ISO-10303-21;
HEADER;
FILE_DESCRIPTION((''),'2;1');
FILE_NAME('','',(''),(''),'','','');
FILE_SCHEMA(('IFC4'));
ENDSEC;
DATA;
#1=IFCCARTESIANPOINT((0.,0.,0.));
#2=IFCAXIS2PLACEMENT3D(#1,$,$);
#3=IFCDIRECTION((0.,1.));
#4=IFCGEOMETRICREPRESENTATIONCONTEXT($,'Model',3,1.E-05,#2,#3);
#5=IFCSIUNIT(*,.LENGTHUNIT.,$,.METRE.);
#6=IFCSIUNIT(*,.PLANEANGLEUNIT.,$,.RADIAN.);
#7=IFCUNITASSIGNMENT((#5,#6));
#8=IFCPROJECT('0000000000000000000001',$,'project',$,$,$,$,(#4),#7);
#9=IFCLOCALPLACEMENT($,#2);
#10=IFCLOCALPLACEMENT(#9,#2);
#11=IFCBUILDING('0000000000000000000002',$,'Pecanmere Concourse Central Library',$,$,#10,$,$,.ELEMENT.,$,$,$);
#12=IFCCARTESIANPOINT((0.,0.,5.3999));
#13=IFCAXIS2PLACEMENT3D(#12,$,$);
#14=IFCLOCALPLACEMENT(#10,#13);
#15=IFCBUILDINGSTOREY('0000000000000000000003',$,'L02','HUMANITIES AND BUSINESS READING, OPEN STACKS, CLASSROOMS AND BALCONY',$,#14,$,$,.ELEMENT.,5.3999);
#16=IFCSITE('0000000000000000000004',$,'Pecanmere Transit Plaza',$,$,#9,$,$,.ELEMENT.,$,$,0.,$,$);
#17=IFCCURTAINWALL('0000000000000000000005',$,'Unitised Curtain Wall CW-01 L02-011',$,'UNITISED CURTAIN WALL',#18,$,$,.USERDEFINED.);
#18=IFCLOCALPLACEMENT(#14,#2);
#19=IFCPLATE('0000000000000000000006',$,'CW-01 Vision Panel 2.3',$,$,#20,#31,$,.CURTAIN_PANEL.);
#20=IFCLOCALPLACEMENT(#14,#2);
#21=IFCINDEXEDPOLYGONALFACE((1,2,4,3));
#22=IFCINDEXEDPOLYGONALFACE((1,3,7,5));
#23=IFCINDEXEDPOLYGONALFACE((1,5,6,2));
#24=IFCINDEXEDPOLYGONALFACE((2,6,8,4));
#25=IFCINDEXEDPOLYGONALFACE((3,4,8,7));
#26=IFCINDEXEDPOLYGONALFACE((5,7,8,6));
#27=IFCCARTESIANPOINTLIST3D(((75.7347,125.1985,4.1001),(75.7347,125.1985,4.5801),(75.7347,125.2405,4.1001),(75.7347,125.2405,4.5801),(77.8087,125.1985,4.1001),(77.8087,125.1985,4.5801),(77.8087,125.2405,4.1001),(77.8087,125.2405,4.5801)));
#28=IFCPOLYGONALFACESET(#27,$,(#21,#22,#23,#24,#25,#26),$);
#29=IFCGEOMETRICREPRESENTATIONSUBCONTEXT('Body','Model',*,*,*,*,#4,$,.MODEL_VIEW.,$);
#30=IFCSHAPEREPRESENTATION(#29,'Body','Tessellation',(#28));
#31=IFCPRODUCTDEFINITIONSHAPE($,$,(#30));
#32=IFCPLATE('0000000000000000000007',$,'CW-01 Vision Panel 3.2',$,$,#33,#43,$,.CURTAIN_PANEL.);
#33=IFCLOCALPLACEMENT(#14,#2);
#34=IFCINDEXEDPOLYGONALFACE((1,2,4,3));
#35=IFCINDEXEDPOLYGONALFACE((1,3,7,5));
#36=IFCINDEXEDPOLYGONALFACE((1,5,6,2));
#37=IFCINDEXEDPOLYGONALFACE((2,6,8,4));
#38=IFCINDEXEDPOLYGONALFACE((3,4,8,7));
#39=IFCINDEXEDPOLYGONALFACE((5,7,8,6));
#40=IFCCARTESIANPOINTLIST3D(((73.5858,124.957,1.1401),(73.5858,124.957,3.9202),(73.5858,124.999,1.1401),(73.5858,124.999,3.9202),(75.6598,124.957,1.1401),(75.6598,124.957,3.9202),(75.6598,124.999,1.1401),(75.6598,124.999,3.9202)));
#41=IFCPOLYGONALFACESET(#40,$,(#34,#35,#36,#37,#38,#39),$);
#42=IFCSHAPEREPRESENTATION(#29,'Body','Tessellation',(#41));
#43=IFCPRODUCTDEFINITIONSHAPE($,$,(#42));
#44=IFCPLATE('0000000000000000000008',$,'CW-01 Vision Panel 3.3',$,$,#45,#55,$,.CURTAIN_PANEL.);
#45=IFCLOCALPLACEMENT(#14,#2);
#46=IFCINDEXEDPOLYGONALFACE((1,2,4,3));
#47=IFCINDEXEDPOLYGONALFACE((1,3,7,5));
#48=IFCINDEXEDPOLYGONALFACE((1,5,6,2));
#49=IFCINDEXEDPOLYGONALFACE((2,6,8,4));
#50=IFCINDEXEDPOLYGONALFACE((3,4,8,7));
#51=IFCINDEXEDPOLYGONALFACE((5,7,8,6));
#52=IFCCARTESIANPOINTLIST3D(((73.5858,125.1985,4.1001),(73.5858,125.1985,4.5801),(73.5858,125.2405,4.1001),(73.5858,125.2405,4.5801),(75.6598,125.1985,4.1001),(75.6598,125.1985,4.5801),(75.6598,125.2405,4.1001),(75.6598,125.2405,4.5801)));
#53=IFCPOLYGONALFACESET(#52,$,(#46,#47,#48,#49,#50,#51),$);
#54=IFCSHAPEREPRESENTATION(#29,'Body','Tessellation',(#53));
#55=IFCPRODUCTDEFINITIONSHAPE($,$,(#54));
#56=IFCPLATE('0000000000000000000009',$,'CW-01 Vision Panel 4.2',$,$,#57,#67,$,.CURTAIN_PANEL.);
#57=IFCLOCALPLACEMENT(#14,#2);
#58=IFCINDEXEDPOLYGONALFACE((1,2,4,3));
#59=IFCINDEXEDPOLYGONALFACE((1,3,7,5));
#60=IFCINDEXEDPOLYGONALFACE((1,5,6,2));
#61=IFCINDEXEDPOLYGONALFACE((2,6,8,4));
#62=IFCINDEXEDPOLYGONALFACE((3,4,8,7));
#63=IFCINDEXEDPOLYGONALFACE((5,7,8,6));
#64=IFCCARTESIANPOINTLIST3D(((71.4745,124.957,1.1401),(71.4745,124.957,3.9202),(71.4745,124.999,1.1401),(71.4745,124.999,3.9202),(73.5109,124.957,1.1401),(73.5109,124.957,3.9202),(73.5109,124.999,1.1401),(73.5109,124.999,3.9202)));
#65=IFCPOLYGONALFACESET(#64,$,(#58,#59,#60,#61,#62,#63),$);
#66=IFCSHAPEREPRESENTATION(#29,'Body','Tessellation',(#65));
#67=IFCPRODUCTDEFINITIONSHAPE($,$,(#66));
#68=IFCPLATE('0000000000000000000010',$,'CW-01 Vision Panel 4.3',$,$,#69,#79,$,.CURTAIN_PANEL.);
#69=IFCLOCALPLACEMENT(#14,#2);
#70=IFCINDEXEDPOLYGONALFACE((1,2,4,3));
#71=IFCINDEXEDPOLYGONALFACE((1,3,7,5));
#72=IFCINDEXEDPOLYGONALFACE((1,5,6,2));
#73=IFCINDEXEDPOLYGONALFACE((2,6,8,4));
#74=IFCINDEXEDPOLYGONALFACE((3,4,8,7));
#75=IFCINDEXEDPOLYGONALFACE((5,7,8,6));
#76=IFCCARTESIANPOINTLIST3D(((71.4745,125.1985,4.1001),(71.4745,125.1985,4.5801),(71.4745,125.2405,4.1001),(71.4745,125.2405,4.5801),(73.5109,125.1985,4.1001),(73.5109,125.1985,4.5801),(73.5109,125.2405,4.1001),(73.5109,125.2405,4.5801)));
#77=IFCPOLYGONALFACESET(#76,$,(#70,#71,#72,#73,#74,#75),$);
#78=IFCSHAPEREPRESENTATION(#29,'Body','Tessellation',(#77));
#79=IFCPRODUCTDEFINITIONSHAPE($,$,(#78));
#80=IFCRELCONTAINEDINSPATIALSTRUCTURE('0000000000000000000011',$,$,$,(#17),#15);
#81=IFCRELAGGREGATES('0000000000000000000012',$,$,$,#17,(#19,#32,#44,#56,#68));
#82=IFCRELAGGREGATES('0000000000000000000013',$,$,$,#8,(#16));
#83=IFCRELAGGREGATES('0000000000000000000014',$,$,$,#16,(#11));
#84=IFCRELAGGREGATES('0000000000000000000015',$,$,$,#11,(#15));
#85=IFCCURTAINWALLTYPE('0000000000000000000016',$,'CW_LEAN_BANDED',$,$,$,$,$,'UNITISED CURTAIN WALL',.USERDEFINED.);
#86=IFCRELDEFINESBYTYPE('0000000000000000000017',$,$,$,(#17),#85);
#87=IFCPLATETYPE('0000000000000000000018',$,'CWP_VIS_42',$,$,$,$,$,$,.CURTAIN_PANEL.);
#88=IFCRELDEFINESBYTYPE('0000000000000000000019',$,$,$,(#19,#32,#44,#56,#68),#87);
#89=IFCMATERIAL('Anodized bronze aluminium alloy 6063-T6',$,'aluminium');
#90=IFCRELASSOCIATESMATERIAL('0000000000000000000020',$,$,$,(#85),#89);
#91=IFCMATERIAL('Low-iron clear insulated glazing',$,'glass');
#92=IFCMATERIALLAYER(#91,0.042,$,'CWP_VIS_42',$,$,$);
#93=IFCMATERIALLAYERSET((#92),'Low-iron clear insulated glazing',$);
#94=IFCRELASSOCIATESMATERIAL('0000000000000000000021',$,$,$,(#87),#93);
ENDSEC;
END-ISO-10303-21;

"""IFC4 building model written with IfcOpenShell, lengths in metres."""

from ifc_helpers import new_model, si_unit, direction, frame, origin, origin_2d, place, context, subcontext, project, spatial, rectangle, extrude, material, layer, layer_set, type_object, element, aggregate, save


model = new_model("IFC4")

# Units and contexts
model_context = context("Model", 3, precision=1e-05, world=origin(), true_north=direction((0.0, 1.0)))
body_context = subcontext(model_context, "Body", "Model", "MODEL_VIEW")
ifc_project = project(units=[si_unit("LENGTHUNIT", "METRE"), si_unit("PLANEANGLEUNIT", "RADIAN")], contexts=[model_context])

# Site, building, storey
site_placement = place(None, origin())
site = spatial("IfcSite", under=ifc_project, at=site_placement, Name="Pecanmere Transit Plaza", CompositionType="ELEMENT", RefElevation=0.0)
building_placement = place(site_placement, origin())
building = spatial("IfcBuilding", under=site, at=building_placement, Name="Pecanmere Concourse Central Library", CompositionType="ELEMENT")
storey_placement = place(building_placement, frame((0.0, 0.0, 5.3999)))
storey = spatial("IfcBuildingStorey", under=building, at=storey_placement, Name="L02", Description="HUMANITIES AND BUSINESS READING, OPEN STACKS, CLASSROOMS AND BALCONY", CompositionType="ELEMENT", Elevation=5.3999)

# Curtain wall
ifc_material_1 = material(Name="Anodized bronze aluminium alloy 6063-T6", Category="aluminium")
curtain_wall_type = type_object("IfcCurtainWallType", Name="CW_LEAN_BANDED", ElementType="UNITISED CURTAIN WALL", PredefinedType="USERDEFINED", material=ifc_material_1)
curtain_wall_1_placement = place(storey_placement, origin())
curtain_wall_1 = element("IfcCurtainWall", 1, at=curtain_wall_1_placement, inside=storey, type_object=curtain_wall_type, Name="Unitised Curtain Wall CW-01 L02-011", ObjectType="UNITISED CURTAIN WALL", PredefinedType="USERDEFINED")

# Plates
ifc_material_2 = material(Name="Low-iron clear insulated glazing", Category="glass")
ifc_layer_1 = layer(ifc_material_2, 0.042, Name="CWP_VIS_42")
ifc_layer_set_1 = layer_set([ifc_layer_1], Name="Low-iron clear insulated glazing")
plate_type_1 = type_object("IfcPlateType", Name="CWP_VIS_42", PredefinedType="CURTAIN_PANEL", material=ifc_layer_set_1)
plate_1_placement = place(storey_placement, frame((76.7717, 125.2195, 4.1001), z_axis=(0.0, 0.0, 1.0), x_axis=(-1.0, 0.0, 0.0)))
plate_1 = element("IfcPlate", 2, at=plate_1_placement, type_object=plate_type_1, Name="CW-01 Vision Panel 2.3", PredefinedType="CURTAIN_PANEL", context=body_context, shape_type="SweptSolid", body=[
    extrude(rectangle(XDim=2.074, YDim=0.042, at=origin_2d()), origin(), (0.0, 0.0, 1.0), 0.48),
])
plate_2_placement = place(storey_placement, frame((74.6228, 124.978, 1.1401), z_axis=(0.0, 0.0, 1.0), x_axis=(-1.0, 0.0, 0.0)))
plate_2 = element("IfcPlate", 3, at=plate_2_placement, type_object=plate_type_1, Name="CW-01 Vision Panel 3.2", PredefinedType="CURTAIN_PANEL", context=body_context, shape_type="SweptSolid", body=[
    extrude(rectangle(XDim=2.074, YDim=0.042, at=origin_2d()), origin(), (0.0, 0.0, 1.0), 2.78),
])
plate_3_placement = place(storey_placement, frame((74.6228, 125.2195, 4.1001), z_axis=(0.0, 0.0, 1.0), x_axis=(-1.0, 0.0, 0.0)))
plate_3 = element("IfcPlate", 4, at=plate_3_placement, type_object=plate_type_1, Name="CW-01 Vision Panel 3.3", PredefinedType="CURTAIN_PANEL", context=body_context, shape_type="SweptSolid", body=[
    extrude(rectangle(XDim=2.074, YDim=0.042, at=origin_2d()), origin(), (0.0, 0.0, 1.0), 0.48),
])
plate_4_placement = place(storey_placement, frame((72.4927, 124.978, 1.1401), z_axis=(0.0, 0.0, 1.0), x_axis=(-1.0, 0.0, 0.0)))
plate_4 = element("IfcPlate", 5, at=plate_4_placement, type_object=plate_type_1, Name="CW-01 Vision Panel 4.2", PredefinedType="CURTAIN_PANEL", context=body_context, shape_type="SweptSolid", body=[
    extrude(rectangle(XDim=2.0364, YDim=0.042, at=origin_2d()), origin(), (0.0, 0.0, 1.0), 2.78),
])
plate_5_placement = place(storey_placement, frame((72.4927, 125.2195, 4.1001), z_axis=(0.0, 0.0, 1.0), x_axis=(-1.0, 0.0, 0.0)))
plate_5 = element("IfcPlate", 6, at=plate_5_placement, type_object=plate_type_1, Name="CW-01 Vision Panel 4.3", PredefinedType="CURTAIN_PANEL", context=body_context, shape_type="SweptSolid", body=[
    extrude(rectangle(XDim=2.0364, YDim=0.042, at=origin_2d()), origin(), (0.0, 0.0, 1.0), 0.48),
])
aggregate(curtain_wall_1, [plate_1, plate_2, plate_3, plate_4, plate_5])

save(model, "model.ifc")
